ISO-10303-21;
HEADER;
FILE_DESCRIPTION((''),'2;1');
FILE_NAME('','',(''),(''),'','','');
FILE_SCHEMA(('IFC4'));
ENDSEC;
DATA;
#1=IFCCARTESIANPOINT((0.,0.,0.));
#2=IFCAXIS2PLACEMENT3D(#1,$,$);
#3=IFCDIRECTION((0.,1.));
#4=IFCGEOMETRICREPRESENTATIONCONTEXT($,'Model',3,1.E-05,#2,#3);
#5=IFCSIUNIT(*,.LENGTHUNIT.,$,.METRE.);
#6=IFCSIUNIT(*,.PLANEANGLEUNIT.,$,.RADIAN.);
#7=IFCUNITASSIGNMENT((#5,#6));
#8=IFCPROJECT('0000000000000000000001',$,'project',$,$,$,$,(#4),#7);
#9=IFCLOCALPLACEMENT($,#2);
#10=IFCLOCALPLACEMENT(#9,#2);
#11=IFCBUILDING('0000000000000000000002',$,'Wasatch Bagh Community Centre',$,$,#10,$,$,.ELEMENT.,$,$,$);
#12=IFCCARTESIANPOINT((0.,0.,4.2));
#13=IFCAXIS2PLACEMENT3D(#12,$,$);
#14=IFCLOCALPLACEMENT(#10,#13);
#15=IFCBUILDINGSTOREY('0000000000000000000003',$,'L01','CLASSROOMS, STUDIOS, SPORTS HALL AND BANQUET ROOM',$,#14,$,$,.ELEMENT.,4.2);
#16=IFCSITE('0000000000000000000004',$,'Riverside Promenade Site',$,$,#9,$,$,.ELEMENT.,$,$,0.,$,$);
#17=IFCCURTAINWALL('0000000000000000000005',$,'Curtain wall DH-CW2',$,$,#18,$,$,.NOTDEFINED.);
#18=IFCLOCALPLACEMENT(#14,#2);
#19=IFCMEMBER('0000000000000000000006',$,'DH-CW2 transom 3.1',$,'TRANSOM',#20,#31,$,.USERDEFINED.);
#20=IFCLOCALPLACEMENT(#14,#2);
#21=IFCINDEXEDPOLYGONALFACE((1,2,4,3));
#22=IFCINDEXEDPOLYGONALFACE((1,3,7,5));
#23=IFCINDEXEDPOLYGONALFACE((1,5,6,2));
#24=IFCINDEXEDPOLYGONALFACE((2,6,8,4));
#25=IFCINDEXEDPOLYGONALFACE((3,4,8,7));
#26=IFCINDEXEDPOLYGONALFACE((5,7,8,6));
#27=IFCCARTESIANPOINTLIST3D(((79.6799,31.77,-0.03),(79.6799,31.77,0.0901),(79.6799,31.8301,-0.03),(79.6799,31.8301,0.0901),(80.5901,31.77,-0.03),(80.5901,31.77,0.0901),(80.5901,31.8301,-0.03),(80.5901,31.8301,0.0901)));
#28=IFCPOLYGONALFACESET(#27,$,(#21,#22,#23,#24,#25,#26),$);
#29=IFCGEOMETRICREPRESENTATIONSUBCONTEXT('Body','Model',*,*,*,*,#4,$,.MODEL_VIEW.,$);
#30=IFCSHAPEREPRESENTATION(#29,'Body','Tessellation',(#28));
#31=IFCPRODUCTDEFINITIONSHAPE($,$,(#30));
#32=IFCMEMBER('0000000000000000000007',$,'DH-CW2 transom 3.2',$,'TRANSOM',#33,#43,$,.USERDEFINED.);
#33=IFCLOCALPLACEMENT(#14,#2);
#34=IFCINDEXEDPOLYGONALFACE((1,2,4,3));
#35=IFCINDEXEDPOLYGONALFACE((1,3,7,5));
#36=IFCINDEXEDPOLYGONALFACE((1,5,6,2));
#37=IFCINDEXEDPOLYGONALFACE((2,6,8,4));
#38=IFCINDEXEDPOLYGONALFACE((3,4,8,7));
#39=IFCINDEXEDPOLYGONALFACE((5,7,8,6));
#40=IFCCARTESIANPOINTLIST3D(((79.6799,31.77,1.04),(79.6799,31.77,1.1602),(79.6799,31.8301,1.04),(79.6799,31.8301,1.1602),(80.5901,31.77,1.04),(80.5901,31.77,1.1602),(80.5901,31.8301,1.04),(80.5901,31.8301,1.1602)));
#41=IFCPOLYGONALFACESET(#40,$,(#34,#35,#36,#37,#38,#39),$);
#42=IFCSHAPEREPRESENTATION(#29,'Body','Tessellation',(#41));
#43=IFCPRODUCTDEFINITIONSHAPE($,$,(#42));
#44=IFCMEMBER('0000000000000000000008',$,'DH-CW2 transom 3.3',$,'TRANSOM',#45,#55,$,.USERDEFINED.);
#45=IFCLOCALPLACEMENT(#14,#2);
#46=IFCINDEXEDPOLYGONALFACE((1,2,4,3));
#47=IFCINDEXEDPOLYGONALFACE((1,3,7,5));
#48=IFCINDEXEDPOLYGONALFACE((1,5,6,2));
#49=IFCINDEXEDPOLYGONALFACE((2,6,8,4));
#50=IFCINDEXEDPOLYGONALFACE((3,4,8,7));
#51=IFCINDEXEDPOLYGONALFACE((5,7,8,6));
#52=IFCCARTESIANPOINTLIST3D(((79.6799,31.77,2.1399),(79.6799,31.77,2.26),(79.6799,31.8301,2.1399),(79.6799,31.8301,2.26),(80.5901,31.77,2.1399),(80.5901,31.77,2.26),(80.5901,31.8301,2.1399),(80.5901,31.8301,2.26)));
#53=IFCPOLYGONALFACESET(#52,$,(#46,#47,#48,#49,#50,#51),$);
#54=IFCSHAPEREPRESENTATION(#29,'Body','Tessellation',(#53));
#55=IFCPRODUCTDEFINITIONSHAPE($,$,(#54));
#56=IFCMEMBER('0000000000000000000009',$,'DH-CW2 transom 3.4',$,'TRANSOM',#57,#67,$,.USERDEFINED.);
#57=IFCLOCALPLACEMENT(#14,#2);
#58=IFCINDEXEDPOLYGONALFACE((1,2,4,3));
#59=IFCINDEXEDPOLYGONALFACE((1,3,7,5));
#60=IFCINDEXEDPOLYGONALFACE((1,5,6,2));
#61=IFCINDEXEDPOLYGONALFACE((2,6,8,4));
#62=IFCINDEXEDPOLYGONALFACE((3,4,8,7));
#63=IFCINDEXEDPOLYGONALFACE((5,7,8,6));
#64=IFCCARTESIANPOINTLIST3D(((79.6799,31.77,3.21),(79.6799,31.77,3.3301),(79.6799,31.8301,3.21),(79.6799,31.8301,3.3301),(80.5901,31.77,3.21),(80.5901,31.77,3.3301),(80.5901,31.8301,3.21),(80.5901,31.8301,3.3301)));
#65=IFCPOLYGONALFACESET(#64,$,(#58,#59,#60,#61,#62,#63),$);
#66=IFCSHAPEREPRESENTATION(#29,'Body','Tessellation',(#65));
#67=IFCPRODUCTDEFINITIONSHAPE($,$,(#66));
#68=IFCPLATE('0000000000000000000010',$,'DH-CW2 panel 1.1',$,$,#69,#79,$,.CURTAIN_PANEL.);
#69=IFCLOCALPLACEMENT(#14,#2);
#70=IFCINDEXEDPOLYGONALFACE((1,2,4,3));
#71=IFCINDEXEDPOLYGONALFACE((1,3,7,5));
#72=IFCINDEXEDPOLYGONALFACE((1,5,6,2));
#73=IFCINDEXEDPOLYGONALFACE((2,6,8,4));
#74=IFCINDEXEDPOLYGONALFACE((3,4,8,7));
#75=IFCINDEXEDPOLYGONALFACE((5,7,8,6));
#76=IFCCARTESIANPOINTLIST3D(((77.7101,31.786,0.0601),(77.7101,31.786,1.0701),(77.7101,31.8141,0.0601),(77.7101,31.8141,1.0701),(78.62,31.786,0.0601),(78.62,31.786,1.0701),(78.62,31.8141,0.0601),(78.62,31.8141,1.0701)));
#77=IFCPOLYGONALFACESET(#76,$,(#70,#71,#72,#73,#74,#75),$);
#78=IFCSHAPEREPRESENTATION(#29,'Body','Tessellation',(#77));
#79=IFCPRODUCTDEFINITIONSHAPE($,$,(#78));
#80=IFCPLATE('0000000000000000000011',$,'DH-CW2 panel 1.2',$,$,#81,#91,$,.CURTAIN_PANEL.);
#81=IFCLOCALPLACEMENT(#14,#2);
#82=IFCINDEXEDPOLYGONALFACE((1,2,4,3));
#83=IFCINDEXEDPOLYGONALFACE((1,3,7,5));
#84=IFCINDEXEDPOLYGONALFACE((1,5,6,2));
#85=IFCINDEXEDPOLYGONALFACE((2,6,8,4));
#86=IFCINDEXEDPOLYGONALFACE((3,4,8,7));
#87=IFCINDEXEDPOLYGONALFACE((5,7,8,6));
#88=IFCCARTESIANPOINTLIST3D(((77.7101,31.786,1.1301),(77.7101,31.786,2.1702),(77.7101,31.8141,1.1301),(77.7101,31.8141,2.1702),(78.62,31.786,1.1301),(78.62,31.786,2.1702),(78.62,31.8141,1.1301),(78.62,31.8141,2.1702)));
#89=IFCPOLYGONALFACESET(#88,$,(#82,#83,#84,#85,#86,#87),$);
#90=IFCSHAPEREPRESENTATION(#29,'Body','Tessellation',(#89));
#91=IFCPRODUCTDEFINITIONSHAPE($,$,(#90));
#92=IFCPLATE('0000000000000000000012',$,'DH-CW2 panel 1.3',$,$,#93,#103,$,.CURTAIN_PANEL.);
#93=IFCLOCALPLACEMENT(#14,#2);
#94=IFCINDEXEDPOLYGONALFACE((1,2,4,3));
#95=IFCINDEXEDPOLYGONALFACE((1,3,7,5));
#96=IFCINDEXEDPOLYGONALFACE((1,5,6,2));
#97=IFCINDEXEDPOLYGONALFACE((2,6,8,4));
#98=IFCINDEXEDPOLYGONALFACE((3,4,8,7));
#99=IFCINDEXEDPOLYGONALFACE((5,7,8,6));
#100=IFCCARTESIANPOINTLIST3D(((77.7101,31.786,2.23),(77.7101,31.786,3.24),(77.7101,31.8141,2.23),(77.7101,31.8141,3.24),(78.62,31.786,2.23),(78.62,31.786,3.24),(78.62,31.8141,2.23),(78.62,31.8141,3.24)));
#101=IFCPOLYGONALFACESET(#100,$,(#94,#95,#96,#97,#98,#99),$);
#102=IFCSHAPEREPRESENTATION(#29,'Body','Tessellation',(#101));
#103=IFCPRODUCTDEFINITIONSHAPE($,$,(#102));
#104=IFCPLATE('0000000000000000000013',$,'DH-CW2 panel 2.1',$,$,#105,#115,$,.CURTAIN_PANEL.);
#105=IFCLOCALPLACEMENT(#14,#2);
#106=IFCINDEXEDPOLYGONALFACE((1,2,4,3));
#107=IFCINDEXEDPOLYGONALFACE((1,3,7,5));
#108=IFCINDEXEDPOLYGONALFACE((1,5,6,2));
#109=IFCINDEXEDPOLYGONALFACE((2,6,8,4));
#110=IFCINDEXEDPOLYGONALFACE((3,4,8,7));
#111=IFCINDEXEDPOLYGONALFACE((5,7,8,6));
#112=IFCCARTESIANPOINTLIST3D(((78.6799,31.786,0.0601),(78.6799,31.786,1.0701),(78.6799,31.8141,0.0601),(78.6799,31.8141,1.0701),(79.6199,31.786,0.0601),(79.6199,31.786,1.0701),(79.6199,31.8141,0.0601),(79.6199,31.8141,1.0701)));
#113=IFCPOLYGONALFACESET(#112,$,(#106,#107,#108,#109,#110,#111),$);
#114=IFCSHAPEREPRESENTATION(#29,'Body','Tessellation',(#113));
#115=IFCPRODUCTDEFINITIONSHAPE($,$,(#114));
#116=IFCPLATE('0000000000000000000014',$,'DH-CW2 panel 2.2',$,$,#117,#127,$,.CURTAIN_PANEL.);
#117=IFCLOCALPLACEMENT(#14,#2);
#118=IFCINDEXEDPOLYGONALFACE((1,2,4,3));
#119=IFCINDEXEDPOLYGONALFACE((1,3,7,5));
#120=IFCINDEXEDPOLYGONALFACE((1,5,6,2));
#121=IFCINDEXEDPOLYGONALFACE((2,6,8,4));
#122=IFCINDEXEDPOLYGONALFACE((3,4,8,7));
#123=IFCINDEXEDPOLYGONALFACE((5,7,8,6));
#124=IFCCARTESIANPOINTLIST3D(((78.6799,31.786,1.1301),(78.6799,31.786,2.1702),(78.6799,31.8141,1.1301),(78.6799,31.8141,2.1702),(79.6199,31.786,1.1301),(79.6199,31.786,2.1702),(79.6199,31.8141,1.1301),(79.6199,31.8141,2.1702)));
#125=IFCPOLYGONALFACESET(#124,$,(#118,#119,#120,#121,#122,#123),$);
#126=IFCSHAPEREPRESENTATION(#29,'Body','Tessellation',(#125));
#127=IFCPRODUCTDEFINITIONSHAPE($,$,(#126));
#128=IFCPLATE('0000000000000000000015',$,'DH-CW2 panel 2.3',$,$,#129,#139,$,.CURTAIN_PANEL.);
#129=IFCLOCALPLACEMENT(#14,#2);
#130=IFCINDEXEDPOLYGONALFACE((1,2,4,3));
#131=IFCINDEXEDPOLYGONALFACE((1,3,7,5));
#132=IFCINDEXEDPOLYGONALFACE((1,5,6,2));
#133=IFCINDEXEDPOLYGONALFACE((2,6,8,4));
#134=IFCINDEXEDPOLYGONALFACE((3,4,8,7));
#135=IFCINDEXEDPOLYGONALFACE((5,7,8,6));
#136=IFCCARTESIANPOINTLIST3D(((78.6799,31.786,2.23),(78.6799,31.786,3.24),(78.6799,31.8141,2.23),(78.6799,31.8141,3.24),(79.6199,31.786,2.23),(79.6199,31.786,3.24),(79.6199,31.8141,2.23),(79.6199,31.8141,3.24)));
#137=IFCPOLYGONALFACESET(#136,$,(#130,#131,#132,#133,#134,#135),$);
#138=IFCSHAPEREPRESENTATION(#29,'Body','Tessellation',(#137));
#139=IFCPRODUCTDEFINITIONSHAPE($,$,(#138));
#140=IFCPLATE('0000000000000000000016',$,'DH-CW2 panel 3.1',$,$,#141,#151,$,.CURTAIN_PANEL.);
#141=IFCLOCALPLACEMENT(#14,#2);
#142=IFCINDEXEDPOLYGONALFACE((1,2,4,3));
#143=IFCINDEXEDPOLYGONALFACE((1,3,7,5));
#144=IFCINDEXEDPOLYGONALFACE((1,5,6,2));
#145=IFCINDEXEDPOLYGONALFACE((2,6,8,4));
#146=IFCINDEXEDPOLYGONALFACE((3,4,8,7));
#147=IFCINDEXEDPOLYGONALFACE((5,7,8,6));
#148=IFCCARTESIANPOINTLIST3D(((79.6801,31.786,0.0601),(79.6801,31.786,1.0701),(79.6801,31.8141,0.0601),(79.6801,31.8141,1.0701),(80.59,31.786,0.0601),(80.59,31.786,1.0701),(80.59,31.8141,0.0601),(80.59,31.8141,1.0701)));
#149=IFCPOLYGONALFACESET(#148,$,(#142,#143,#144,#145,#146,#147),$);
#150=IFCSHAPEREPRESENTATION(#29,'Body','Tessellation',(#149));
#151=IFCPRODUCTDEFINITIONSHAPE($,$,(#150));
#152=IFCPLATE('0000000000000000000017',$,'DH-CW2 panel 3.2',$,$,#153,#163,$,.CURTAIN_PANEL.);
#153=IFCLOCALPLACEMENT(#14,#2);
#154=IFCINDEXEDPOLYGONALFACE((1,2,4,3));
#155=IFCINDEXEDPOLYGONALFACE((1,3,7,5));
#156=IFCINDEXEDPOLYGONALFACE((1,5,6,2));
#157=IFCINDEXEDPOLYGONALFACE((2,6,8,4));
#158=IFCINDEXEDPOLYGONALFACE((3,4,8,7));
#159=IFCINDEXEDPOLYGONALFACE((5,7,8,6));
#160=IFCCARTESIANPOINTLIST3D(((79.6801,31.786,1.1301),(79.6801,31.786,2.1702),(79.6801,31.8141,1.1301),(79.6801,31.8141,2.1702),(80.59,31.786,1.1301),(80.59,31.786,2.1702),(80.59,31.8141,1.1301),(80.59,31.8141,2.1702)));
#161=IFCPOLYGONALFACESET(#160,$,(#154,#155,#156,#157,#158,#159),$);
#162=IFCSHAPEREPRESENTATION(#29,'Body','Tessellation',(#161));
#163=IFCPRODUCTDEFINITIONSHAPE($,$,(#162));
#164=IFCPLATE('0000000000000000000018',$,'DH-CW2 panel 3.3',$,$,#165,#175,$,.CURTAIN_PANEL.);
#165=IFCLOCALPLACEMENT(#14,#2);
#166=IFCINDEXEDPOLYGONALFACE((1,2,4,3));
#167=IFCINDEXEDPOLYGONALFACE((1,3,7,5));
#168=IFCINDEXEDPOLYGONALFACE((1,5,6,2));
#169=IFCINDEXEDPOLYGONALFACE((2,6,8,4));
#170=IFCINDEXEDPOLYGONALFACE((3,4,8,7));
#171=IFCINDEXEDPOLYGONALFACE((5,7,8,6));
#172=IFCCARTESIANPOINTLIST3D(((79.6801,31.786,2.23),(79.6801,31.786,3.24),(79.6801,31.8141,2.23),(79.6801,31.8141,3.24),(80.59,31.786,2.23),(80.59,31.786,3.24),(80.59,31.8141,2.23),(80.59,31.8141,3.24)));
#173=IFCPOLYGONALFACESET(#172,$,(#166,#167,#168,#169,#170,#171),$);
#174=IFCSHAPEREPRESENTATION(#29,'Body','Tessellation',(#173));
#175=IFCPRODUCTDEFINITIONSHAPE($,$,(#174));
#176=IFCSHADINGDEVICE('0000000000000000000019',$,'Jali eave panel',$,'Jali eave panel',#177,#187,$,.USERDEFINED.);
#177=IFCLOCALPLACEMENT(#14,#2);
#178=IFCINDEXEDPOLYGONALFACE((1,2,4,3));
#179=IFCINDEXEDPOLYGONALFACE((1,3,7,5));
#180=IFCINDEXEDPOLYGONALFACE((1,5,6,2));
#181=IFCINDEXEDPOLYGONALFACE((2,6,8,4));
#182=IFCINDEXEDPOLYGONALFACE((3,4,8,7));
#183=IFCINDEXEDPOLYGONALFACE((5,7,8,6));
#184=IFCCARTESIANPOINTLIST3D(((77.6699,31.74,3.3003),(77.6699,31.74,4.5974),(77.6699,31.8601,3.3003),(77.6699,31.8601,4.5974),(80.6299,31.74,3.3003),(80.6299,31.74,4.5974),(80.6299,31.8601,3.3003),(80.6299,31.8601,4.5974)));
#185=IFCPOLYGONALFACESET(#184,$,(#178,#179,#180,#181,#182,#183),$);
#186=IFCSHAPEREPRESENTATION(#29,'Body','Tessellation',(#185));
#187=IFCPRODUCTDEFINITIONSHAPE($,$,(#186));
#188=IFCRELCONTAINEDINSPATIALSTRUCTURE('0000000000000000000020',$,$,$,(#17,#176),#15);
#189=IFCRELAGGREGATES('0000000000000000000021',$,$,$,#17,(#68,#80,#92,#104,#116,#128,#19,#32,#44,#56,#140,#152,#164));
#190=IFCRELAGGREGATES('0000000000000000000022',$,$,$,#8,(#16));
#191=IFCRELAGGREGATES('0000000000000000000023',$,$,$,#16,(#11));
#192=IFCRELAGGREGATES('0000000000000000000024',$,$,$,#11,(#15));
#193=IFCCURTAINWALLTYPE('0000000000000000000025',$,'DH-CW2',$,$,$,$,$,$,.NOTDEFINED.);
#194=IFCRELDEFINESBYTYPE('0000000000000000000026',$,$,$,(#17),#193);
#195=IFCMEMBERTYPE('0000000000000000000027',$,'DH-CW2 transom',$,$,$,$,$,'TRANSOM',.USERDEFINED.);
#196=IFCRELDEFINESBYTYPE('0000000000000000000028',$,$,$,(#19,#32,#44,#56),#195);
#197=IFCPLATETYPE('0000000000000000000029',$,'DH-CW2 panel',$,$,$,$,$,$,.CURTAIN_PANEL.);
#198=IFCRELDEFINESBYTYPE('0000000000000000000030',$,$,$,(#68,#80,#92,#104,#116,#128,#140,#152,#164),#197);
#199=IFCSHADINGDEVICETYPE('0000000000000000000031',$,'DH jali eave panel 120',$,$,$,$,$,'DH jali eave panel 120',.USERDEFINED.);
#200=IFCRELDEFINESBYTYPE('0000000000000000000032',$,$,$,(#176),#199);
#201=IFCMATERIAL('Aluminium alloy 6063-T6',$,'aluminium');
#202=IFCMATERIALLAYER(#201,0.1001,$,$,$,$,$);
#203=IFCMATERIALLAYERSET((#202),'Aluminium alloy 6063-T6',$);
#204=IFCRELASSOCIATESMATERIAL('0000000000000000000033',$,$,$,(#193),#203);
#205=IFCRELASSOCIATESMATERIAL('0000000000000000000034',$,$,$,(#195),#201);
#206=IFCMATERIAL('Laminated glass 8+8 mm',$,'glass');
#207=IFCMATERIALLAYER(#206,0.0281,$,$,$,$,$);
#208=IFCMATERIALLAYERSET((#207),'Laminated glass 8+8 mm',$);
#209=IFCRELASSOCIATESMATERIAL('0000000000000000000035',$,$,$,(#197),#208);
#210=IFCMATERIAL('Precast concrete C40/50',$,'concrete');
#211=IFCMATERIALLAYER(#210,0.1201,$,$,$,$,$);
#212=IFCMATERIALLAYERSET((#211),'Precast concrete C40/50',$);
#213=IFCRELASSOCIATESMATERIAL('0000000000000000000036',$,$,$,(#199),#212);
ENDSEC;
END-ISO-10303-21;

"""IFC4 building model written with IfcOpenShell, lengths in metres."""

from ifc_helpers import new_model, si_unit, direction, frame, origin, origin_2d, place, context, subcontext, project, spatial, rectangle, extrude, material, layer, layer_set, material_profile, profile_set, type_object, element, aggregate, save


model = new_model("IFC4")

# Units and contexts
model_context = context("Model", 3, precision=1e-05, world=origin(), true_north=direction((0.0, 1.0)))
body_context = subcontext(model_context, "Body", "Model", "MODEL_VIEW")
ifc_project = project(units=[si_unit("LENGTHUNIT", "METRE"), si_unit("PLANEANGLEUNIT", "RADIAN")], contexts=[model_context])

# Site, building, storey
site_placement = place(None, origin())
site = spatial("IfcSite", under=ifc_project, at=site_placement, Name="Riverside Promenade Site", CompositionType="ELEMENT", RefElevation=0.0)
building_placement = place(site_placement, origin())
building = spatial("IfcBuilding", under=site, at=building_placement, Name="Wasatch Bagh Community Centre", CompositionType="ELEMENT")
storey_placement = place(building_placement, frame((0.0, 0.0, 4.2)))
storey = spatial("IfcBuildingStorey", under=building, at=storey_placement, Name="L01", Description="CLASSROOMS, STUDIOS, SPORTS HALL AND BANQUET ROOM", CompositionType="ELEMENT", Elevation=4.2)

# Curtain wall
ifc_material_1 = material(Name="Aluminium alloy 6063-T6", Category="aluminium")
ifc_layer_1 = layer(ifc_material_1, 0.1001)
ifc_layer_set_1 = layer_set([ifc_layer_1], Name="Aluminium alloy 6063-T6")
curtain_wall_type = type_object("IfcCurtainWallType", Name="DH-CW2", PredefinedType="NOTDEFINED", material=ifc_layer_set_1)
curtain_wall_1_placement = place(storey_placement, origin())
curtain_wall_1 = element("IfcCurtainWall", 1, at=curtain_wall_1_placement, inside=storey, type_object=curtain_wall_type, Name="Curtain wall DH-CW2", PredefinedType="NOTDEFINED")

# Members
ifc_material_profile_1 = material_profile(ifc_material_1, rectangle(XDim=0.0601, YDim=0.1201, at=origin_2d()), Name="AL 60x120")
ifc_profile_set_1 = profile_set([ifc_material_profile_1], Name="Aluminium alloy 6063-T6")
member_type_1 = type_object("IfcMemberType", Name="DH-CW2 transom", ElementType="TRANSOM", PredefinedType="USERDEFINED", material=ifc_profile_set_1)
member_1_placement = place(storey_placement, frame((79.6799, 31.8, 0.03), z_axis=(1.0, 0.0, 0.0), x_axis=(0.0, 1.0, 0.0)))
member_1 = element("IfcMember", 2, at=member_1_placement, type_object=member_type_1, Name="DH-CW2 transom 3.1", ObjectType="TRANSOM", PredefinedType="USERDEFINED", context=body_context, shape_type="SweptSolid", body=[
    extrude(rectangle(XDim=0.0601, YDim=0.1201, at=origin_2d()), origin(), (0.0, 0.0, 1.0), 0.9102),
])
member_2_placement = place(storey_placement, frame((79.6799, 31.8, 1.1001), z_axis=(1.0, 0.0, 0.0), x_axis=(0.0, 1.0, 0.0)))
member_2 = element("IfcMember", 3, at=member_2_placement, type_object=member_type_1, Name="DH-CW2 transom 3.2", ObjectType="TRANSOM", PredefinedType="USERDEFINED", context=body_context, shape_type="SweptSolid", body=[
    extrude(rectangle(XDim=0.0601, YDim=0.1201, at=origin_2d()), origin(), (0.0, 0.0, 1.0), 0.9102),
])
member_3_placement = place(storey_placement, frame((79.6799, 31.8, 2.2), z_axis=(1.0, 0.0, 0.0), x_axis=(0.0, 1.0, 0.0)))
member_3 = element("IfcMember", 4, at=member_3_placement, type_object=member_type_1, Name="DH-CW2 transom 3.3", ObjectType="TRANSOM", PredefinedType="USERDEFINED", context=body_context, shape_type="SweptSolid", body=[
    extrude(rectangle(XDim=0.0601, YDim=0.1201, at=origin_2d()), origin(), (0.0, 0.0, 1.0), 0.9102),
])
member_4_placement = place(storey_placement, frame((79.6799, 31.8, 3.27), z_axis=(1.0, 0.0, 0.0), x_axis=(0.0, 1.0, 0.0)))
member_4 = element("IfcMember", 5, at=member_4_placement, type_object=member_type_1, Name="DH-CW2 transom 3.4", ObjectType="TRANSOM", PredefinedType="USERDEFINED", context=body_context, shape_type="SweptSolid", body=[
    extrude(rectangle(XDim=0.0601, YDim=0.1201, at=origin_2d()), origin(), (0.0, 0.0, 1.0), 0.9102),
])

# Plates
ifc_material_2 = material(Name="Laminated glass 8+8 mm", Category="glass")
ifc_layer_2 = layer(ifc_material_2, 0.0281)
ifc_layer_set_2 = layer_set([ifc_layer_2], Name="Laminated glass 8+8 mm")
plate_type = type_object("IfcPlateType", Name="DH-CW2 panel", PredefinedType="CURTAIN_PANEL", material=ifc_layer_set_2)
plate_1_placement = place(storey_placement, frame((78.165, 31.8, 0.0601), z_axis=(0.0, 0.0, 1.0), x_axis=(1.0, 0.0, 0.0)))
plate_1 = element("IfcPlate", 6, at=plate_1_placement, type_object=plate_type, Name="DH-CW2 panel 1.1", PredefinedType="CURTAIN_PANEL", context=body_context, shape_type="SweptSolid", body=[
    extrude(rectangle(XDim=0.9099, YDim=0.0281, at=origin_2d()), origin(), (0.0, 0.0, 1.0), 1.01),
])
plate_2_placement = place(storey_placement, frame((78.165, 31.8, 1.1301), z_axis=(0.0, 0.0, 1.0), x_axis=(1.0, 0.0, 0.0)))
plate_2 = element("IfcPlate", 7, at=plate_2_placement, type_object=plate_type, Name="DH-CW2 panel 1.2", PredefinedType="CURTAIN_PANEL", context=body_context, shape_type="SweptSolid", body=[
    extrude(rectangle(XDim=0.9099, YDim=0.0281, at=origin_2d()), origin(), (0.0, 0.0, 1.0), 1.04),
])
plate_3_placement = place(storey_placement, frame((78.165, 31.8, 2.23), z_axis=(0.0, 0.0, 1.0), x_axis=(1.0, 0.0, 0.0)))
plate_3 = element("IfcPlate", 8, at=plate_3_placement, type_object=plate_type, Name="DH-CW2 panel 1.3", PredefinedType="CURTAIN_PANEL", context=body_context, shape_type="SweptSolid", body=[
    extrude(rectangle(XDim=0.9099, YDim=0.0281, at=origin_2d()), origin(), (0.0, 0.0, 1.0), 1.01),
])
plate_4_placement = place(storey_placement, frame((79.1499, 31.8, 0.0601), z_axis=(0.0, 0.0, 1.0), x_axis=(1.0, 0.0, 0.0)))
plate_4 = element("IfcPlate", 9, at=plate_4_placement, type_object=plate_type, Name="DH-CW2 panel 2.1", PredefinedType="CURTAIN_PANEL", context=body_context, shape_type="SweptSolid", body=[
    extrude(rectangle(XDim=0.9399, YDim=0.0281, at=origin_2d()), origin(), (0.0, 0.0, 1.0), 1.01),
])
plate_5_placement = place(storey_placement, frame((79.1499, 31.8, 1.1301), z_axis=(0.0, 0.0, 1.0), x_axis=(1.0, 0.0, 0.0)))
plate_5 = element("IfcPlate", 10, at=plate_5_placement, type_object=plate_type, Name="DH-CW2 panel 2.2", PredefinedType="CURTAIN_PANEL", context=body_context, shape_type="SweptSolid", body=[
    extrude(rectangle(XDim=0.9399, YDim=0.0281, at=origin_2d()), origin(), (0.0, 0.0, 1.0), 1.04),
])
plate_6_placement = place(storey_placement, frame((79.1499, 31.8, 2.23), z_axis=(0.0, 0.0, 1.0), x_axis=(1.0, 0.0, 0.0)))
plate_6 = element("IfcPlate", 11, at=plate_6_placement, type_object=plate_type, Name="DH-CW2 panel 2.3", PredefinedType="CURTAIN_PANEL", context=body_context, shape_type="SweptSolid", body=[
    extrude(rectangle(XDim=0.9399, YDim=0.0281, at=origin_2d()), origin(), (0.0, 0.0, 1.0), 1.01),
])
plate_7_placement = place(storey_placement, frame((80.135, 31.8, 0.0601), z_axis=(0.0, 0.0, 1.0), x_axis=(1.0, 0.0, 0.0)))
plate_7 = element("IfcPlate", 12, at=plate_7_placement, type_object=plate_type, Name="DH-CW2 panel 3.1", PredefinedType="CURTAIN_PANEL", context=body_context, shape_type="SweptSolid", body=[
    extrude(rectangle(XDim=0.9099, YDim=0.0281, at=origin_2d()), origin(), (0.0, 0.0, 1.0), 1.01),
])
plate_8_placement = place(storey_placement, frame((80.135, 31.8, 1.1301), z_axis=(0.0, 0.0, 1.0), x_axis=(1.0, 0.0, 0.0)))
plate_8 = element("IfcPlate", 13, at=plate_8_placement, type_object=plate_type, Name="DH-CW2 panel 3.2", PredefinedType="CURTAIN_PANEL", context=body_context, shape_type="SweptSolid", body=[
    extrude(rectangle(XDim=0.9099, YDim=0.0281, at=origin_2d()), origin(), (0.0, 0.0, 1.0), 1.04),
])
plate_9_placement = place(storey_placement, frame((80.135, 31.8, 2.23), z_axis=(0.0, 0.0, 1.0), x_axis=(1.0, 0.0, 0.0)))
plate_9 = element("IfcPlate", 14, at=plate_9_placement, type_object=plate_type, Name="DH-CW2 panel 3.3", PredefinedType="CURTAIN_PANEL", context=body_context, shape_type="SweptSolid", body=[
    extrude(rectangle(XDim=0.9099, YDim=0.0281, at=origin_2d()), origin(), (0.0, 0.0, 1.0), 1.01),
])
aggregate(curtain_wall_1, [plate_1, plate_2, plate_3, plate_4, plate_5, plate_6, member_1, member_2, member_3, member_4, plate_7, plate_8, plate_9])

# Shading device
ifc_material_3 = material(Name="Precast concrete C40/50", Category="concrete")
ifc_layer_3 = layer(ifc_material_3, 0.1201)
ifc_layer_set_3 = layer_set([ifc_layer_3], Name="Precast concrete C40/50")
shading_device_type = type_object("IfcShadingDeviceType", Name="DH jali eave panel 120", ElementType="DH jali eave panel 120", PredefinedType="USERDEFINED", material=ifc_layer_set_3)
shading_device_placement = place(storey_placement, frame((79.1499, 31.8, 3.3003), z_axis=(0.0, 0.0, 1.0), x_axis=(1.0, 0.0, 0.0)))
element("IfcShadingDevice", 15, at=shading_device_placement, inside=storey, type_object=shading_device_type, Name="Jali eave panel", ObjectType="Jali eave panel", PredefinedType="USERDEFINED", context=body_context, shape_type="SweptSolid", body=[
    extrude(rectangle(XDim=2.96, YDim=0.1201, at=origin_2d()), origin(), (0.0, 0.0, 1.0), 1.2971),
])

save(model, "model.ifc")
